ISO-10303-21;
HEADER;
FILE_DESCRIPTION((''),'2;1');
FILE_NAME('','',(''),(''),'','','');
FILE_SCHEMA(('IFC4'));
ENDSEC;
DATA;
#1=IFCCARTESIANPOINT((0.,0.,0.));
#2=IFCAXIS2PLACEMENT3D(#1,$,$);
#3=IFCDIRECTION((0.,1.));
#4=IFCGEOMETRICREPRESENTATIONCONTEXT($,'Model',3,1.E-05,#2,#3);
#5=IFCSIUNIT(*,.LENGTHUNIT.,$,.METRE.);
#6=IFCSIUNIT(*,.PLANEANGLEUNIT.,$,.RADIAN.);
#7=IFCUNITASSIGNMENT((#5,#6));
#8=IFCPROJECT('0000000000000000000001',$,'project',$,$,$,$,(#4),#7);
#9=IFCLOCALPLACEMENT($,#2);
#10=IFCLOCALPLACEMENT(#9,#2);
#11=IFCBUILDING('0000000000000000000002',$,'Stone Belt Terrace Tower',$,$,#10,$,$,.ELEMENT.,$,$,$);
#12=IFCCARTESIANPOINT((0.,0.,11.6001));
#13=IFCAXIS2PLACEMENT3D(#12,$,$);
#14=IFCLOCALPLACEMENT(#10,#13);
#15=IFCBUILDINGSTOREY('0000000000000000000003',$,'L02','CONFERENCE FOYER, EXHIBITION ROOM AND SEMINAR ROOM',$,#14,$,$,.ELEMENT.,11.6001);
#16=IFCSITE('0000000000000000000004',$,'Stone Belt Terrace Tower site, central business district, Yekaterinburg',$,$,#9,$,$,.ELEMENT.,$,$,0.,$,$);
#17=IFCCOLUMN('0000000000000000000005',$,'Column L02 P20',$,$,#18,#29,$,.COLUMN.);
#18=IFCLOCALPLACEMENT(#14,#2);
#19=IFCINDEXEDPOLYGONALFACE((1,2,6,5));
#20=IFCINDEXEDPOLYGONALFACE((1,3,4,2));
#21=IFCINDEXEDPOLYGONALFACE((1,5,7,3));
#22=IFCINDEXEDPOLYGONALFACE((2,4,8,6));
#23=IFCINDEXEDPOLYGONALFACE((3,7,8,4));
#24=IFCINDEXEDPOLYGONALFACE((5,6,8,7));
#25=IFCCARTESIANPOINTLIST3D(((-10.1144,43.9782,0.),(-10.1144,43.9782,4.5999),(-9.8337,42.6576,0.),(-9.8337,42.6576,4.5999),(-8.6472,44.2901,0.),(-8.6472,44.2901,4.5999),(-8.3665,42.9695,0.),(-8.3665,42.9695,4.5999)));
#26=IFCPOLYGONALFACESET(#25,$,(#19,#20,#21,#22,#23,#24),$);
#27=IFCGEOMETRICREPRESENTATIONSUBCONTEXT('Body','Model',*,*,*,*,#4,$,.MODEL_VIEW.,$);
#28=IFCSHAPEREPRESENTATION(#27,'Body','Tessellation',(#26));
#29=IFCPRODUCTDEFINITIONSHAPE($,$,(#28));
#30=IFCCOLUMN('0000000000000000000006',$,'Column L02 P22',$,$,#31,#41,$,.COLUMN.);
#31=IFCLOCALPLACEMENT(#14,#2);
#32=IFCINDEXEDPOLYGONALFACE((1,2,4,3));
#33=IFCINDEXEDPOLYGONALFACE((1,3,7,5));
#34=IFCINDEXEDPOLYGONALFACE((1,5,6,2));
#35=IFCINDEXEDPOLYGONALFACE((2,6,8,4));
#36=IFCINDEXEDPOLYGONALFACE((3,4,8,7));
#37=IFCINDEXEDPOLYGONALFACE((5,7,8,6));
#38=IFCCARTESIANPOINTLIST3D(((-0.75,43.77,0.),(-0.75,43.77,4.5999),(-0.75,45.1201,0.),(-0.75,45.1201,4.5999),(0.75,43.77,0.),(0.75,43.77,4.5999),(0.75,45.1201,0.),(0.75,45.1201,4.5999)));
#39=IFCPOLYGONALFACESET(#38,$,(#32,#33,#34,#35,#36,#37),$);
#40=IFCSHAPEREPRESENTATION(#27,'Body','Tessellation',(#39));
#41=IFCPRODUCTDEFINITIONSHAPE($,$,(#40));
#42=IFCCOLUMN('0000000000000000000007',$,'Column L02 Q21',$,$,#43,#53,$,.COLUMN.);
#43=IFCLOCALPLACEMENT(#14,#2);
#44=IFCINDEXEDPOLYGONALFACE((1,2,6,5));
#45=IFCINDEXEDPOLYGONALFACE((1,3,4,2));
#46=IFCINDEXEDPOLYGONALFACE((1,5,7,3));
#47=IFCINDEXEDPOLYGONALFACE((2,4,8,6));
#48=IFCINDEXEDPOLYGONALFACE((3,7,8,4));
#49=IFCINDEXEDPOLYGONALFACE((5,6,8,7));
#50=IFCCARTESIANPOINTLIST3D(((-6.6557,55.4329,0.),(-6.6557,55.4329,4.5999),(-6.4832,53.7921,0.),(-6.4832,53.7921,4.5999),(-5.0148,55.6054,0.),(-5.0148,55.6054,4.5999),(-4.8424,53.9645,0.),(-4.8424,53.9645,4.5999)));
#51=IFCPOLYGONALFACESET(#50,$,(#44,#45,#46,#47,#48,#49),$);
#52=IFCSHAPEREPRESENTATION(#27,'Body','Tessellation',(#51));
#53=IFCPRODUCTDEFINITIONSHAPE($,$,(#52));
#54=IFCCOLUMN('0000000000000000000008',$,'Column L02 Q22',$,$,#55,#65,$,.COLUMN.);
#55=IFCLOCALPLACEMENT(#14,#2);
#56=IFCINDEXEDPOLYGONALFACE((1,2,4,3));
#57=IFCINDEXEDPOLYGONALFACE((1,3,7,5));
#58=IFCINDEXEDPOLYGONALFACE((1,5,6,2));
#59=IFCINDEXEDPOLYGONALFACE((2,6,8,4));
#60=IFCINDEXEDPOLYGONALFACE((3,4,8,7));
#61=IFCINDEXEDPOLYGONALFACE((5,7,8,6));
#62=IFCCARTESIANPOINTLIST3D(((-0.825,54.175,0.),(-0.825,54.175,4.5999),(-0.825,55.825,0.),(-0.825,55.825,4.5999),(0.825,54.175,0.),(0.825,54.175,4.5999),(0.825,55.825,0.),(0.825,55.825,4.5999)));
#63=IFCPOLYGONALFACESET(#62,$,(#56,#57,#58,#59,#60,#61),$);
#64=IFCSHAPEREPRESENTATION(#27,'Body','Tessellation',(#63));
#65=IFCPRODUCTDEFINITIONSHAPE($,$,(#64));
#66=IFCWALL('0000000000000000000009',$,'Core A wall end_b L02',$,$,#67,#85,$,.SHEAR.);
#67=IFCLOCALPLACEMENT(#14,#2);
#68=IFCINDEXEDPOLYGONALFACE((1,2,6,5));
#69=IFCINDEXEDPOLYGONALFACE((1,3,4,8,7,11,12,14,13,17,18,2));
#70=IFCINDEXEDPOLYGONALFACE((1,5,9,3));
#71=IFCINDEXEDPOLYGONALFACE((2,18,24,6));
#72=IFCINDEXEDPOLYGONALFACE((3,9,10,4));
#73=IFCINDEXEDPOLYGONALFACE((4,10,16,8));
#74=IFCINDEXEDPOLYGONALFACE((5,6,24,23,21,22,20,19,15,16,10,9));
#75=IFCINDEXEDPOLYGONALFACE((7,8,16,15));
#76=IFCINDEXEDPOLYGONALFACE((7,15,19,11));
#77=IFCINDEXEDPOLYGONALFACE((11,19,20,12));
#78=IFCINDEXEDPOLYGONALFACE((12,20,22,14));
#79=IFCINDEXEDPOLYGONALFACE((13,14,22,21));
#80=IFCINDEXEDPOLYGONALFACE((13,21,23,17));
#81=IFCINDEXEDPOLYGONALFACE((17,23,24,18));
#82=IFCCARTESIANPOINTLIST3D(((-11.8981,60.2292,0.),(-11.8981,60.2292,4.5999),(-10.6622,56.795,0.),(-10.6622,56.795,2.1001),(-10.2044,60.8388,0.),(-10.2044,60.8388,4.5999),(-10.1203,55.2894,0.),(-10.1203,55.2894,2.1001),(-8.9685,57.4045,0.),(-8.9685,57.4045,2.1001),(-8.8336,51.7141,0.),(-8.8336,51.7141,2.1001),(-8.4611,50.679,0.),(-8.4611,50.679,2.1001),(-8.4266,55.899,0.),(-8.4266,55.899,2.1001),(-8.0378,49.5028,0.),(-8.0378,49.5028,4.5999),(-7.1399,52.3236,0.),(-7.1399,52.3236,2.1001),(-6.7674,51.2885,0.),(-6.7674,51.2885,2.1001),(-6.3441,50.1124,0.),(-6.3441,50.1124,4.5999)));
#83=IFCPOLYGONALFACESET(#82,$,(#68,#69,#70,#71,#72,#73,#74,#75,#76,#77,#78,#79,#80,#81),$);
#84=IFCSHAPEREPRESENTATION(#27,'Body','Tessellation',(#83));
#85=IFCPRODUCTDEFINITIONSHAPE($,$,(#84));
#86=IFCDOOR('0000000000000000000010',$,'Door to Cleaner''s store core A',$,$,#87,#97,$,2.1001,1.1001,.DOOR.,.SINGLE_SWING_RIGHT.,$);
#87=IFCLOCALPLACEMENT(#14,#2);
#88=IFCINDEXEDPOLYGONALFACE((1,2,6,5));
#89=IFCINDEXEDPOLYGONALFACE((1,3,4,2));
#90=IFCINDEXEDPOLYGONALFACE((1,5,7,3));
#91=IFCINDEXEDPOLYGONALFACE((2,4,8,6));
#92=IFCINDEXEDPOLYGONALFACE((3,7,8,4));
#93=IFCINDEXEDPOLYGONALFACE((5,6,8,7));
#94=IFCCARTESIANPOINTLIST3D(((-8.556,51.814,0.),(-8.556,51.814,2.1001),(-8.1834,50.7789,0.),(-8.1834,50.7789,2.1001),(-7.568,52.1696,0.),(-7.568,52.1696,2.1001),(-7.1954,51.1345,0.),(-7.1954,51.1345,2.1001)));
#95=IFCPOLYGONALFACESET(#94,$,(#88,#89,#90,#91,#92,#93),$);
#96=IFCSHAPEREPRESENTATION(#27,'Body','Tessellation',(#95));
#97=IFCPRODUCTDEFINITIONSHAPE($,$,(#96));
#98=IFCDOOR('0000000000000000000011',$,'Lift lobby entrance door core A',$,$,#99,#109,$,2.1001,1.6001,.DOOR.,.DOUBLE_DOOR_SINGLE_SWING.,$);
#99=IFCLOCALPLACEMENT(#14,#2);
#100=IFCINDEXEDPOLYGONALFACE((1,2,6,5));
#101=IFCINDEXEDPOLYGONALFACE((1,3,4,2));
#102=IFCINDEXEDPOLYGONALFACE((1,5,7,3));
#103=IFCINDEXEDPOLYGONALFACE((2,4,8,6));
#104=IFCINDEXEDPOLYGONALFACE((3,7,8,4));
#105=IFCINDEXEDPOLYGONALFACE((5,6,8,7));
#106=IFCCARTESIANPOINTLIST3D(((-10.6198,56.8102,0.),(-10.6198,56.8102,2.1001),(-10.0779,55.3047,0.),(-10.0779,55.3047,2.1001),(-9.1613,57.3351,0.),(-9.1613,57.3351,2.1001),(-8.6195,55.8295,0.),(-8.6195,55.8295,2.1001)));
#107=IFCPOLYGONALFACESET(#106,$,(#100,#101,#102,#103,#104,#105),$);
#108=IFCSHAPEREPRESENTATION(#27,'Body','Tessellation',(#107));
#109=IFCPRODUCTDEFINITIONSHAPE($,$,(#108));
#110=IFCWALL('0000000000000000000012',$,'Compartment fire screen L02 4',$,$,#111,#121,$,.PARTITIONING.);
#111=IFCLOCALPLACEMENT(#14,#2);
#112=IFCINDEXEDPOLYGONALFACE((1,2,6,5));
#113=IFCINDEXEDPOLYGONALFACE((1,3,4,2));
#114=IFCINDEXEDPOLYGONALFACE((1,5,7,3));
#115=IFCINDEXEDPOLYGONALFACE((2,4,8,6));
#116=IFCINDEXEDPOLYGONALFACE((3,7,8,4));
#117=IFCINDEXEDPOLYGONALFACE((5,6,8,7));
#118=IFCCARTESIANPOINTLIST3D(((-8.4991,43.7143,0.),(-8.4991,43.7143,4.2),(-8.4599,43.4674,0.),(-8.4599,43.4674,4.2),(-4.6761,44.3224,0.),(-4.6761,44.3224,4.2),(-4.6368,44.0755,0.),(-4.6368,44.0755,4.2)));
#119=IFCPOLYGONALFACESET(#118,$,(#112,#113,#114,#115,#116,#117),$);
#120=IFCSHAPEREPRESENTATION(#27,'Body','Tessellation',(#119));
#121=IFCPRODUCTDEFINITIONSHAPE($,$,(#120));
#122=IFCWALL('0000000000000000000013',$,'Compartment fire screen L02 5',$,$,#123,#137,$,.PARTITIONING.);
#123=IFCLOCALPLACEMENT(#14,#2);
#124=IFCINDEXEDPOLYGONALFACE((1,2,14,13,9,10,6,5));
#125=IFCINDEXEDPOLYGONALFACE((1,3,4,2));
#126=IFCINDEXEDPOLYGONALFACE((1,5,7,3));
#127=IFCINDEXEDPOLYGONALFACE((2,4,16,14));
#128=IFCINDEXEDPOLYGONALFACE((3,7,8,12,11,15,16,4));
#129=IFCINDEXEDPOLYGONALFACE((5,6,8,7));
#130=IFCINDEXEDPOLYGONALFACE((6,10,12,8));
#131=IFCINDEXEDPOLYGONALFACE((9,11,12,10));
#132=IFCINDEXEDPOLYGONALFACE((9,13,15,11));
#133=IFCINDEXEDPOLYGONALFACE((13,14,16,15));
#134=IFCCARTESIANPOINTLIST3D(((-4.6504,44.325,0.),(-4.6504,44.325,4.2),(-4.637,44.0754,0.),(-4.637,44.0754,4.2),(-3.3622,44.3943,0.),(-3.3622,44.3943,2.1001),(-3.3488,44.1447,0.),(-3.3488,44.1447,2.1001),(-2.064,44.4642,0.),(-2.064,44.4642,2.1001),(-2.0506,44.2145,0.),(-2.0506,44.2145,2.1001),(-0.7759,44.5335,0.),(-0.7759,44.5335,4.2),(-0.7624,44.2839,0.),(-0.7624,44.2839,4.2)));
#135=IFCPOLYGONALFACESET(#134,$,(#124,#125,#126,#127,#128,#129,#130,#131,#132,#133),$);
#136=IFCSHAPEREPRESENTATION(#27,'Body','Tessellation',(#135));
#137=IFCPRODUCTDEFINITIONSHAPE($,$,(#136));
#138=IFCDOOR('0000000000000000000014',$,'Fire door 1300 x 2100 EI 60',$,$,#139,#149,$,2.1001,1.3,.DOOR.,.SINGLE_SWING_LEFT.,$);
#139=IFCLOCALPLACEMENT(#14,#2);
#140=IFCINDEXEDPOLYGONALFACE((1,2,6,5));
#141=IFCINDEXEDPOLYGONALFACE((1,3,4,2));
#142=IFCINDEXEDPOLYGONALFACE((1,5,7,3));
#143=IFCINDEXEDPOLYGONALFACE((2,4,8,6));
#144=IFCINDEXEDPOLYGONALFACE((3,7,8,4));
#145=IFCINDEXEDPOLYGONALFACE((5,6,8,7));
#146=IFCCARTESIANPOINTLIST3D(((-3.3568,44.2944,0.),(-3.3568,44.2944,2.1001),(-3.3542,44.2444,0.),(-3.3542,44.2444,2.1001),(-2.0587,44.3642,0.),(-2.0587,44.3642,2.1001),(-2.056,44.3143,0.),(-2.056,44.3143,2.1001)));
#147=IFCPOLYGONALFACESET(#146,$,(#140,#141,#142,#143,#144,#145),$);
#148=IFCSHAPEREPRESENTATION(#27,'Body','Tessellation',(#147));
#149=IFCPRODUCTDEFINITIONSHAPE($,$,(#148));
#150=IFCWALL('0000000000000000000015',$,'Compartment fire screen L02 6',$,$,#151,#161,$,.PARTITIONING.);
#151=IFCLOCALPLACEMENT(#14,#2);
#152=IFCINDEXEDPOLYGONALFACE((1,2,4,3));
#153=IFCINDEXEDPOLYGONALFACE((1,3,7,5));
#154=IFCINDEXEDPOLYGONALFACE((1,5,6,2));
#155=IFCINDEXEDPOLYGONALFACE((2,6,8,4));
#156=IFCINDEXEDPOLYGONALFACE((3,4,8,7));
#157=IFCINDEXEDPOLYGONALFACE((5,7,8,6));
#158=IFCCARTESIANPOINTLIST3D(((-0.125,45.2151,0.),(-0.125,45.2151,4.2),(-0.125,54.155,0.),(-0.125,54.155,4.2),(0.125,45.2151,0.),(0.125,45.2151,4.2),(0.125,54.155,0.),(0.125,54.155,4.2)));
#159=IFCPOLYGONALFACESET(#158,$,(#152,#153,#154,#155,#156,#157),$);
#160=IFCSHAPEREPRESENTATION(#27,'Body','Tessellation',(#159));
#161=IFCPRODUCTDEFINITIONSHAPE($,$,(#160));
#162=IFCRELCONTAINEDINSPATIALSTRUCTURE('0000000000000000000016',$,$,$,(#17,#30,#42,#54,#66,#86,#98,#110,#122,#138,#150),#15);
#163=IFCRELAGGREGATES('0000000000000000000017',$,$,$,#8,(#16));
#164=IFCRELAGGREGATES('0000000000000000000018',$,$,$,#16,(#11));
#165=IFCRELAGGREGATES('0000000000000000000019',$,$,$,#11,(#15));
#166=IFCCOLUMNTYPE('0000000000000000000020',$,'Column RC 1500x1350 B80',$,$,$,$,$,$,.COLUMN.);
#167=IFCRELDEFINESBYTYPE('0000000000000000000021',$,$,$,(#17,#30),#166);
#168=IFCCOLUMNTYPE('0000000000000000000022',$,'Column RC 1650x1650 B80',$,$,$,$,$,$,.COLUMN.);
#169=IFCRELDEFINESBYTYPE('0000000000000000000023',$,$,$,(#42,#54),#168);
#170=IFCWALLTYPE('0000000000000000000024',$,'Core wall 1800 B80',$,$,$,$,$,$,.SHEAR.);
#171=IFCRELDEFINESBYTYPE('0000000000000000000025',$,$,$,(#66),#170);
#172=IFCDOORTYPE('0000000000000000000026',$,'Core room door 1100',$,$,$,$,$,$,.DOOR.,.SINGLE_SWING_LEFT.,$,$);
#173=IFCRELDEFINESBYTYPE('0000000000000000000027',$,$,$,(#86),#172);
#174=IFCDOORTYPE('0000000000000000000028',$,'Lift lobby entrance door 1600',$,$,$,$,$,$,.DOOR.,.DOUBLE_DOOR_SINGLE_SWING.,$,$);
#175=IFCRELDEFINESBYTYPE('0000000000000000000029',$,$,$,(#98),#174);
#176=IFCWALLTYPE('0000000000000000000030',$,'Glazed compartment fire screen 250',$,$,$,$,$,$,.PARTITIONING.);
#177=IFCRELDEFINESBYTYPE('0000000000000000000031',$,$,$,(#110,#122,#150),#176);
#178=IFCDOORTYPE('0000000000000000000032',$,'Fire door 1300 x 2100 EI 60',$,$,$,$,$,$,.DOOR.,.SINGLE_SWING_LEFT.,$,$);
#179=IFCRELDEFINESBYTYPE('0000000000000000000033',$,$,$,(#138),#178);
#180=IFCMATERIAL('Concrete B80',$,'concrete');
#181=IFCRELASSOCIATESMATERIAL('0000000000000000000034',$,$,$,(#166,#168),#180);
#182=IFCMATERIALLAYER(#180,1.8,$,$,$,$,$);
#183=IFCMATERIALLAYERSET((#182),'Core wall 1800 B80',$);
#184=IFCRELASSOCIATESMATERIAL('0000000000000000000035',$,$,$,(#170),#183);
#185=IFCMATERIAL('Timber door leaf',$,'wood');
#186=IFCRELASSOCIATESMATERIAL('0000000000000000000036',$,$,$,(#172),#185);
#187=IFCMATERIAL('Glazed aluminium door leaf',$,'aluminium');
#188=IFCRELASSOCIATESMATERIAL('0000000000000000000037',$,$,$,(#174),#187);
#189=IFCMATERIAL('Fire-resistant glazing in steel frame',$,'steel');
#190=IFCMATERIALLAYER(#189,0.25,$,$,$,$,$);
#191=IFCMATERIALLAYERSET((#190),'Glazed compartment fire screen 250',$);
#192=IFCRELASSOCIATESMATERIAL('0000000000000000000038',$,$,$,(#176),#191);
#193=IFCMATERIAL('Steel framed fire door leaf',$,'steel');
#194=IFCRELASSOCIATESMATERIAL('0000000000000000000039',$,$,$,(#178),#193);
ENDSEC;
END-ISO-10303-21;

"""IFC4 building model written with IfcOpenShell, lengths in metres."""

from ifc_helpers import new_model, si_unit, direction, frame, frame_2d, origin, origin_2d, place, context, subcontext, project, spatial, rectangle, extrude, material, layer, layer_set, material_profile, profile_set, type_object, element, fill, save


model = new_model("IFC4")

# Units and contexts
model_context = context("Model", 3, precision=1e-05, world=origin(), true_north=direction((0.0, 1.0)))
body_context = subcontext(model_context, "Body", "Model", "MODEL_VIEW")
ifc_project = project(units=[si_unit("LENGTHUNIT", "METRE"), si_unit("PLANEANGLEUNIT", "RADIAN")], contexts=[model_context])

# Site, building, storey
site_placement = place(None, origin())
site = spatial("IfcSite", under=ifc_project, at=site_placement, Name="Stone Belt Terrace Tower site, central business district, Yekaterinburg", CompositionType="ELEMENT", RefElevation=0.0)
building_placement = place(site_placement, origin())
building = spatial("IfcBuilding", under=site, at=building_placement, Name="Stone Belt Terrace Tower", CompositionType="ELEMENT")
storey_placement = place(building_placement, frame((0.0, 0.0, 11.6001)))
storey = spatial("IfcBuildingStorey", under=building, at=storey_placement, Name="L02", Description="CONFERENCE FOYER, EXHIBITION ROOM AND SEMINAR ROOM", CompositionType="ELEMENT", Elevation=11.6001)

# Columns
ifc_material_1 = material(Name="Concrete B80", Category="concrete")
ifc_material_profile_1 = material_profile(ifc_material_1, rectangle(XDim=1.5, YDim=1.3501, at=origin_2d()), Name="RC 1500x1350")
ifc_profile_set_1 = profile_set([ifc_material_profile_1], Name="Concrete B80")
column_type_1 = type_object("IfcColumnType", Name="Column RC 1500x1350 B80", PredefinedType="COLUMN", material=ifc_profile_set_1)
for number, where, z_axis, x_axis, name in (
    (1, (-9.2405, 43.4739, 0.0), (0.0, 0.0, 1.0), (0.978148, 0.207912, 0.0), "Column L02 P20"),
    (2, (0.0, 44.4451, 0.0), (0.0, 0.0, 1.0), (1.0, 0.0, 0.0), "Column L02 P22"),
):
    element("IfcColumn", number, at=place(storey_placement, frame(where, z_axis=z_axis, x_axis=x_axis)), inside=storey, type_object=column_type_1, Name=name, PredefinedType="COLUMN", context=body_context, shape_type="SweptSolid", body=[
        extrude(rectangle(XDim=1.5, YDim=1.3501, at=origin_2d()), origin(), (0.0, 0.0, 1.0), 4.5999),
    ])
ifc_material_profile_2 = material_profile(ifc_material_1, rectangle(XDim=1.6499, YDim=1.6499, at=origin_2d()), Name="RC 1650x1650")
ifc_profile_set_2 = profile_set([ifc_material_profile_2], Name="Concrete B80")
column_type_2 = type_object("IfcColumnType", Name="Column RC 1650x1650 B80", PredefinedType="COLUMN", material=ifc_profile_set_2)
for number, where, z_axis, x_axis, name in (
    (3, (-5.749, 54.6987, 0.0), (0.0, 0.0, 1.0), (0.994522, 0.104528, 0.0), "Column L02 Q21"),
    (4, (0.0, 55.0, 0.0), (0.0, 0.0, 1.0), (1.0, 0.0, 0.0), "Column L02 Q22"),
):
    element("IfcColumn", number, at=place(storey_placement, frame(where, z_axis=z_axis, x_axis=x_axis)), inside=storey, type_object=column_type_2, Name=name, PredefinedType="COLUMN", context=body_context, shape_type="SweptSolid", body=[
        extrude(rectangle(XDim=1.6499, YDim=1.6499, at=origin_2d()), origin(), (0.0, 0.0, 1.0), 4.5999),
    ])

# Wall, openings, doors
ifc_layer_1 = layer(ifc_material_1, 1.8)
ifc_layer_set_1 = layer_set([ifc_layer_1], Name="Core wall 1800 B80")
wall_type_1 = type_object("IfcWallType", Name="Core wall 1800 B80", PredefinedType="SHEAR", material=ifc_layer_set_1)
wall_1_placement = place(storey_placement, frame((-7.1909, 49.8076, 0.0), z_axis=(0.0, 0.0, 1.0), x_axis=(-0.338632, 0.940919, 0.0)))
wall_1 = element("IfcWall", 5, at=wall_1_placement, inside=storey, type_object=wall_type_1, Name="Core A wall end_b L02", PredefinedType="SHEAR", context=body_context, shape_type="SweptSolid", body=[
    extrude(rectangle(XDim=11.3999, YDim=1.8, at=frame_2d((5.7, 0.0))), origin(), (0.0, 0.0, 1.0), 4.5999),
])
opening_1_placement = place(wall_1_placement, frame((6.1499, 0.0, 0.0)))
opening_1 = element("IfcOpeningElement", 6, at=opening_1_placement, cuts=wall_1, PredefinedType="OPENING", context=body_context, shape_type="SweptSolid", body=[
    extrude(rectangle(XDim=1.6001, YDim=2.1001, at=frame_2d((0.8, 1.05))), frame((0.0, 0.9099, 0.0), z_axis=(0.0, -1.0, 0.0), x_axis=(1.0, 0.0, 0.0)), (0.0, 0.0, 1.0), 1.8201),
])
opening_2_placement = place(wall_1_placement, frame((1.25, 0.0, 0.0)))
opening_2 = element("IfcOpeningElement", 7, at=opening_2_placement, cuts=wall_1, PredefinedType="OPENING", context=body_context, shape_type="SweptSolid", body=[
    extrude(rectangle(XDim=1.1001, YDim=2.1001, at=frame_2d((0.55, 1.05))), frame((0.0, 0.9099, 0.0), z_axis=(0.0, -1.0, 0.0), x_axis=(1.0, 0.0, 0.0)), (0.0, 0.0, 1.0), 1.8201),
])
ifc_material_2 = material(Name="Timber door leaf", Category="wood")
door_type_1 = type_object("IfcDoorType", Name="Core room door 1100", OperationType="SINGLE_SWING_LEFT", PredefinedType="DOOR", material=ifc_material_2)
door_1_placement = place(opening_2_placement, origin())
door_1 = element("IfcDoor", 8, at=door_1_placement, inside=storey, type_object=door_type_1, Name="Door to Cleaner's store core A", OperationType="SINGLE_SWING_RIGHT", OverallHeight=2.1001, OverallWidth=1.1001, PredefinedType="DOOR", context=body_context, shape_type="SweptSolid", body=[
    extrude(rectangle(XDim=1.1001, YDim=2.1001, at=frame_2d((0.55, 1.05))), frame((0.0, 0.605, 0.0), z_axis=(0.0, -1.0, 0.0), x_axis=(1.0, 0.0, 0.0)), (0.0, 0.0, 1.0), 1.05),
])
fill(opening_2, door_1)
ifc_material_3 = material(Name="Glazed aluminium door leaf", Category="aluminium")
door_type_2 = type_object("IfcDoorType", Name="Lift lobby entrance door 1600", OperationType="DOUBLE_DOOR_SINGLE_SWING", PredefinedType="DOOR", material=ifc_material_3)
door_2_placement = place(opening_1_placement, origin())
door_2 = element("IfcDoor", 9, at=door_2_placement, inside=storey, type_object=door_type_2, Name="Lift lobby entrance door core A", OperationType="DOUBLE_DOOR_SINGLE_SWING", OverallHeight=2.1001, OverallWidth=1.6001, PredefinedType="DOOR", context=body_context, shape_type="SweptSolid", body=[
    extrude(rectangle(XDim=1.6001, YDim=2.1001, at=frame_2d((0.8, 1.05))), frame((0.0, 0.855, 0.0), z_axis=(0.0, -1.0, 0.0), x_axis=(1.0, 0.0, 0.0)), (0.0, 0.0, 1.0), 1.55),
])
fill(opening_1, door_2)

# Wall
ifc_material_4 = material(Name="Fire-resistant glazing in steel frame", Category="steel")
ifc_layer_2 = layer(ifc_material_4, 0.25)
ifc_layer_set_2 = layer_set([ifc_layer_2], Name="Glazed compartment fire screen 250")
wall_type_2 = type_object("IfcWallType", Name="Glazed compartment fire screen 250", PredefinedType="PARTITIONING", material=ifc_layer_set_2)
wall_2_placement = place(storey_placement, frame((-8.4795, 43.5908, 0.0), z_axis=(0.0, 0.0, 1.0), x_axis=(0.987582, 0.157102, 0.0)))
element("IfcWall", 10, at=wall_2_placement, inside=storey, type_object=wall_type_2, Name="Compartment fire screen L02 4", PredefinedType="PARTITIONING", context=body_context, shape_type="SweptSolid", body=[
    extrude(rectangle(XDim=3.8711, YDim=0.25, at=frame_2d((1.9355, 0.0))), origin(), (0.0, 0.0, 1.0), 4.2),
])

# Wall, opening, door
wall_3_placement = place(storey_placement, frame((-4.6436, 44.2002, 0.0), z_axis=(0.0, 0.0, 1.0), x_axis=(0.998555, 0.053734, 0.0)))
wall_3 = element("IfcWall", 11, at=wall_3_placement, inside=storey, type_object=wall_type_2, Name="Compartment fire screen L02 5", PredefinedType="PARTITIONING", context=body_context, shape_type="SweptSolid", body=[
    extrude(rectangle(XDim=3.8801, YDim=0.25, at=frame_2d((1.9399, 0.0))), origin(), (0.0, 0.0, 1.0), 4.2),
])
opening_3_placement = place(wall_3_placement, frame((1.29, 0.0, 0.0)))
opening_3 = element("IfcOpeningElement", 12, at=opening_3_placement, cuts=wall_3, PredefinedType="OPENING", context=body_context, shape_type="SweptSolid", body=[
    extrude(rectangle(XDim=1.3, YDim=2.1001, at=frame_2d((0.6499, 1.05))), frame((0.0, 0.135, 0.0), z_axis=(0.0, -1.0, 0.0), x_axis=(1.0, 0.0, 0.0)), (0.0, 0.0, 1.0), 0.27),
])
ifc_material_5 = material(Name="Steel framed fire door leaf", Category="steel")
door_type_3 = type_object("IfcDoorType", Name="Fire door 1300 x 2100 EI 60", OperationType="SINGLE_SWING_LEFT", PredefinedType="DOOR", material=ifc_material_5)
door_3_placement = place(opening_3_placement, origin())
door_3 = element("IfcDoor", 13, at=door_3_placement, inside=storey, type_object=door_type_3, Name="Fire door 1300 x 2100 EI 60", OperationType="SINGLE_SWING_LEFT", OverallHeight=2.1001, OverallWidth=1.3, PredefinedType="DOOR", context=body_context, shape_type="SweptSolid", body=[
    extrude(rectangle(XDim=1.3, YDim=2.1001, at=frame_2d((0.6499, 1.05))), frame((0.0, 0.0249, 0.0), z_axis=(0.0, -1.0, 0.0), x_axis=(1.0, 0.0, 0.0)), (0.0, 0.0, 1.0), 0.05),
])
fill(opening_3, door_3)

# Wall
wall_4_placement = place(storey_placement, frame((0.0, 45.2151, 0.0), z_axis=(0.0, 0.0, 1.0), x_axis=(0.0, 1.0, 0.0)))
element("IfcWall", 14, at=wall_4_placement, inside=storey, type_object=wall_type_2, Name="Compartment fire screen L02 6", PredefinedType="PARTITIONING", context=body_context, shape_type="SweptSolid", body=[
    extrude(rectangle(XDim=8.9399, YDim=0.25, at=frame_2d((4.47, 0.0))), origin(), (0.0, 0.0, 1.0), 4.2),
])

save(model, "model.ifc")
